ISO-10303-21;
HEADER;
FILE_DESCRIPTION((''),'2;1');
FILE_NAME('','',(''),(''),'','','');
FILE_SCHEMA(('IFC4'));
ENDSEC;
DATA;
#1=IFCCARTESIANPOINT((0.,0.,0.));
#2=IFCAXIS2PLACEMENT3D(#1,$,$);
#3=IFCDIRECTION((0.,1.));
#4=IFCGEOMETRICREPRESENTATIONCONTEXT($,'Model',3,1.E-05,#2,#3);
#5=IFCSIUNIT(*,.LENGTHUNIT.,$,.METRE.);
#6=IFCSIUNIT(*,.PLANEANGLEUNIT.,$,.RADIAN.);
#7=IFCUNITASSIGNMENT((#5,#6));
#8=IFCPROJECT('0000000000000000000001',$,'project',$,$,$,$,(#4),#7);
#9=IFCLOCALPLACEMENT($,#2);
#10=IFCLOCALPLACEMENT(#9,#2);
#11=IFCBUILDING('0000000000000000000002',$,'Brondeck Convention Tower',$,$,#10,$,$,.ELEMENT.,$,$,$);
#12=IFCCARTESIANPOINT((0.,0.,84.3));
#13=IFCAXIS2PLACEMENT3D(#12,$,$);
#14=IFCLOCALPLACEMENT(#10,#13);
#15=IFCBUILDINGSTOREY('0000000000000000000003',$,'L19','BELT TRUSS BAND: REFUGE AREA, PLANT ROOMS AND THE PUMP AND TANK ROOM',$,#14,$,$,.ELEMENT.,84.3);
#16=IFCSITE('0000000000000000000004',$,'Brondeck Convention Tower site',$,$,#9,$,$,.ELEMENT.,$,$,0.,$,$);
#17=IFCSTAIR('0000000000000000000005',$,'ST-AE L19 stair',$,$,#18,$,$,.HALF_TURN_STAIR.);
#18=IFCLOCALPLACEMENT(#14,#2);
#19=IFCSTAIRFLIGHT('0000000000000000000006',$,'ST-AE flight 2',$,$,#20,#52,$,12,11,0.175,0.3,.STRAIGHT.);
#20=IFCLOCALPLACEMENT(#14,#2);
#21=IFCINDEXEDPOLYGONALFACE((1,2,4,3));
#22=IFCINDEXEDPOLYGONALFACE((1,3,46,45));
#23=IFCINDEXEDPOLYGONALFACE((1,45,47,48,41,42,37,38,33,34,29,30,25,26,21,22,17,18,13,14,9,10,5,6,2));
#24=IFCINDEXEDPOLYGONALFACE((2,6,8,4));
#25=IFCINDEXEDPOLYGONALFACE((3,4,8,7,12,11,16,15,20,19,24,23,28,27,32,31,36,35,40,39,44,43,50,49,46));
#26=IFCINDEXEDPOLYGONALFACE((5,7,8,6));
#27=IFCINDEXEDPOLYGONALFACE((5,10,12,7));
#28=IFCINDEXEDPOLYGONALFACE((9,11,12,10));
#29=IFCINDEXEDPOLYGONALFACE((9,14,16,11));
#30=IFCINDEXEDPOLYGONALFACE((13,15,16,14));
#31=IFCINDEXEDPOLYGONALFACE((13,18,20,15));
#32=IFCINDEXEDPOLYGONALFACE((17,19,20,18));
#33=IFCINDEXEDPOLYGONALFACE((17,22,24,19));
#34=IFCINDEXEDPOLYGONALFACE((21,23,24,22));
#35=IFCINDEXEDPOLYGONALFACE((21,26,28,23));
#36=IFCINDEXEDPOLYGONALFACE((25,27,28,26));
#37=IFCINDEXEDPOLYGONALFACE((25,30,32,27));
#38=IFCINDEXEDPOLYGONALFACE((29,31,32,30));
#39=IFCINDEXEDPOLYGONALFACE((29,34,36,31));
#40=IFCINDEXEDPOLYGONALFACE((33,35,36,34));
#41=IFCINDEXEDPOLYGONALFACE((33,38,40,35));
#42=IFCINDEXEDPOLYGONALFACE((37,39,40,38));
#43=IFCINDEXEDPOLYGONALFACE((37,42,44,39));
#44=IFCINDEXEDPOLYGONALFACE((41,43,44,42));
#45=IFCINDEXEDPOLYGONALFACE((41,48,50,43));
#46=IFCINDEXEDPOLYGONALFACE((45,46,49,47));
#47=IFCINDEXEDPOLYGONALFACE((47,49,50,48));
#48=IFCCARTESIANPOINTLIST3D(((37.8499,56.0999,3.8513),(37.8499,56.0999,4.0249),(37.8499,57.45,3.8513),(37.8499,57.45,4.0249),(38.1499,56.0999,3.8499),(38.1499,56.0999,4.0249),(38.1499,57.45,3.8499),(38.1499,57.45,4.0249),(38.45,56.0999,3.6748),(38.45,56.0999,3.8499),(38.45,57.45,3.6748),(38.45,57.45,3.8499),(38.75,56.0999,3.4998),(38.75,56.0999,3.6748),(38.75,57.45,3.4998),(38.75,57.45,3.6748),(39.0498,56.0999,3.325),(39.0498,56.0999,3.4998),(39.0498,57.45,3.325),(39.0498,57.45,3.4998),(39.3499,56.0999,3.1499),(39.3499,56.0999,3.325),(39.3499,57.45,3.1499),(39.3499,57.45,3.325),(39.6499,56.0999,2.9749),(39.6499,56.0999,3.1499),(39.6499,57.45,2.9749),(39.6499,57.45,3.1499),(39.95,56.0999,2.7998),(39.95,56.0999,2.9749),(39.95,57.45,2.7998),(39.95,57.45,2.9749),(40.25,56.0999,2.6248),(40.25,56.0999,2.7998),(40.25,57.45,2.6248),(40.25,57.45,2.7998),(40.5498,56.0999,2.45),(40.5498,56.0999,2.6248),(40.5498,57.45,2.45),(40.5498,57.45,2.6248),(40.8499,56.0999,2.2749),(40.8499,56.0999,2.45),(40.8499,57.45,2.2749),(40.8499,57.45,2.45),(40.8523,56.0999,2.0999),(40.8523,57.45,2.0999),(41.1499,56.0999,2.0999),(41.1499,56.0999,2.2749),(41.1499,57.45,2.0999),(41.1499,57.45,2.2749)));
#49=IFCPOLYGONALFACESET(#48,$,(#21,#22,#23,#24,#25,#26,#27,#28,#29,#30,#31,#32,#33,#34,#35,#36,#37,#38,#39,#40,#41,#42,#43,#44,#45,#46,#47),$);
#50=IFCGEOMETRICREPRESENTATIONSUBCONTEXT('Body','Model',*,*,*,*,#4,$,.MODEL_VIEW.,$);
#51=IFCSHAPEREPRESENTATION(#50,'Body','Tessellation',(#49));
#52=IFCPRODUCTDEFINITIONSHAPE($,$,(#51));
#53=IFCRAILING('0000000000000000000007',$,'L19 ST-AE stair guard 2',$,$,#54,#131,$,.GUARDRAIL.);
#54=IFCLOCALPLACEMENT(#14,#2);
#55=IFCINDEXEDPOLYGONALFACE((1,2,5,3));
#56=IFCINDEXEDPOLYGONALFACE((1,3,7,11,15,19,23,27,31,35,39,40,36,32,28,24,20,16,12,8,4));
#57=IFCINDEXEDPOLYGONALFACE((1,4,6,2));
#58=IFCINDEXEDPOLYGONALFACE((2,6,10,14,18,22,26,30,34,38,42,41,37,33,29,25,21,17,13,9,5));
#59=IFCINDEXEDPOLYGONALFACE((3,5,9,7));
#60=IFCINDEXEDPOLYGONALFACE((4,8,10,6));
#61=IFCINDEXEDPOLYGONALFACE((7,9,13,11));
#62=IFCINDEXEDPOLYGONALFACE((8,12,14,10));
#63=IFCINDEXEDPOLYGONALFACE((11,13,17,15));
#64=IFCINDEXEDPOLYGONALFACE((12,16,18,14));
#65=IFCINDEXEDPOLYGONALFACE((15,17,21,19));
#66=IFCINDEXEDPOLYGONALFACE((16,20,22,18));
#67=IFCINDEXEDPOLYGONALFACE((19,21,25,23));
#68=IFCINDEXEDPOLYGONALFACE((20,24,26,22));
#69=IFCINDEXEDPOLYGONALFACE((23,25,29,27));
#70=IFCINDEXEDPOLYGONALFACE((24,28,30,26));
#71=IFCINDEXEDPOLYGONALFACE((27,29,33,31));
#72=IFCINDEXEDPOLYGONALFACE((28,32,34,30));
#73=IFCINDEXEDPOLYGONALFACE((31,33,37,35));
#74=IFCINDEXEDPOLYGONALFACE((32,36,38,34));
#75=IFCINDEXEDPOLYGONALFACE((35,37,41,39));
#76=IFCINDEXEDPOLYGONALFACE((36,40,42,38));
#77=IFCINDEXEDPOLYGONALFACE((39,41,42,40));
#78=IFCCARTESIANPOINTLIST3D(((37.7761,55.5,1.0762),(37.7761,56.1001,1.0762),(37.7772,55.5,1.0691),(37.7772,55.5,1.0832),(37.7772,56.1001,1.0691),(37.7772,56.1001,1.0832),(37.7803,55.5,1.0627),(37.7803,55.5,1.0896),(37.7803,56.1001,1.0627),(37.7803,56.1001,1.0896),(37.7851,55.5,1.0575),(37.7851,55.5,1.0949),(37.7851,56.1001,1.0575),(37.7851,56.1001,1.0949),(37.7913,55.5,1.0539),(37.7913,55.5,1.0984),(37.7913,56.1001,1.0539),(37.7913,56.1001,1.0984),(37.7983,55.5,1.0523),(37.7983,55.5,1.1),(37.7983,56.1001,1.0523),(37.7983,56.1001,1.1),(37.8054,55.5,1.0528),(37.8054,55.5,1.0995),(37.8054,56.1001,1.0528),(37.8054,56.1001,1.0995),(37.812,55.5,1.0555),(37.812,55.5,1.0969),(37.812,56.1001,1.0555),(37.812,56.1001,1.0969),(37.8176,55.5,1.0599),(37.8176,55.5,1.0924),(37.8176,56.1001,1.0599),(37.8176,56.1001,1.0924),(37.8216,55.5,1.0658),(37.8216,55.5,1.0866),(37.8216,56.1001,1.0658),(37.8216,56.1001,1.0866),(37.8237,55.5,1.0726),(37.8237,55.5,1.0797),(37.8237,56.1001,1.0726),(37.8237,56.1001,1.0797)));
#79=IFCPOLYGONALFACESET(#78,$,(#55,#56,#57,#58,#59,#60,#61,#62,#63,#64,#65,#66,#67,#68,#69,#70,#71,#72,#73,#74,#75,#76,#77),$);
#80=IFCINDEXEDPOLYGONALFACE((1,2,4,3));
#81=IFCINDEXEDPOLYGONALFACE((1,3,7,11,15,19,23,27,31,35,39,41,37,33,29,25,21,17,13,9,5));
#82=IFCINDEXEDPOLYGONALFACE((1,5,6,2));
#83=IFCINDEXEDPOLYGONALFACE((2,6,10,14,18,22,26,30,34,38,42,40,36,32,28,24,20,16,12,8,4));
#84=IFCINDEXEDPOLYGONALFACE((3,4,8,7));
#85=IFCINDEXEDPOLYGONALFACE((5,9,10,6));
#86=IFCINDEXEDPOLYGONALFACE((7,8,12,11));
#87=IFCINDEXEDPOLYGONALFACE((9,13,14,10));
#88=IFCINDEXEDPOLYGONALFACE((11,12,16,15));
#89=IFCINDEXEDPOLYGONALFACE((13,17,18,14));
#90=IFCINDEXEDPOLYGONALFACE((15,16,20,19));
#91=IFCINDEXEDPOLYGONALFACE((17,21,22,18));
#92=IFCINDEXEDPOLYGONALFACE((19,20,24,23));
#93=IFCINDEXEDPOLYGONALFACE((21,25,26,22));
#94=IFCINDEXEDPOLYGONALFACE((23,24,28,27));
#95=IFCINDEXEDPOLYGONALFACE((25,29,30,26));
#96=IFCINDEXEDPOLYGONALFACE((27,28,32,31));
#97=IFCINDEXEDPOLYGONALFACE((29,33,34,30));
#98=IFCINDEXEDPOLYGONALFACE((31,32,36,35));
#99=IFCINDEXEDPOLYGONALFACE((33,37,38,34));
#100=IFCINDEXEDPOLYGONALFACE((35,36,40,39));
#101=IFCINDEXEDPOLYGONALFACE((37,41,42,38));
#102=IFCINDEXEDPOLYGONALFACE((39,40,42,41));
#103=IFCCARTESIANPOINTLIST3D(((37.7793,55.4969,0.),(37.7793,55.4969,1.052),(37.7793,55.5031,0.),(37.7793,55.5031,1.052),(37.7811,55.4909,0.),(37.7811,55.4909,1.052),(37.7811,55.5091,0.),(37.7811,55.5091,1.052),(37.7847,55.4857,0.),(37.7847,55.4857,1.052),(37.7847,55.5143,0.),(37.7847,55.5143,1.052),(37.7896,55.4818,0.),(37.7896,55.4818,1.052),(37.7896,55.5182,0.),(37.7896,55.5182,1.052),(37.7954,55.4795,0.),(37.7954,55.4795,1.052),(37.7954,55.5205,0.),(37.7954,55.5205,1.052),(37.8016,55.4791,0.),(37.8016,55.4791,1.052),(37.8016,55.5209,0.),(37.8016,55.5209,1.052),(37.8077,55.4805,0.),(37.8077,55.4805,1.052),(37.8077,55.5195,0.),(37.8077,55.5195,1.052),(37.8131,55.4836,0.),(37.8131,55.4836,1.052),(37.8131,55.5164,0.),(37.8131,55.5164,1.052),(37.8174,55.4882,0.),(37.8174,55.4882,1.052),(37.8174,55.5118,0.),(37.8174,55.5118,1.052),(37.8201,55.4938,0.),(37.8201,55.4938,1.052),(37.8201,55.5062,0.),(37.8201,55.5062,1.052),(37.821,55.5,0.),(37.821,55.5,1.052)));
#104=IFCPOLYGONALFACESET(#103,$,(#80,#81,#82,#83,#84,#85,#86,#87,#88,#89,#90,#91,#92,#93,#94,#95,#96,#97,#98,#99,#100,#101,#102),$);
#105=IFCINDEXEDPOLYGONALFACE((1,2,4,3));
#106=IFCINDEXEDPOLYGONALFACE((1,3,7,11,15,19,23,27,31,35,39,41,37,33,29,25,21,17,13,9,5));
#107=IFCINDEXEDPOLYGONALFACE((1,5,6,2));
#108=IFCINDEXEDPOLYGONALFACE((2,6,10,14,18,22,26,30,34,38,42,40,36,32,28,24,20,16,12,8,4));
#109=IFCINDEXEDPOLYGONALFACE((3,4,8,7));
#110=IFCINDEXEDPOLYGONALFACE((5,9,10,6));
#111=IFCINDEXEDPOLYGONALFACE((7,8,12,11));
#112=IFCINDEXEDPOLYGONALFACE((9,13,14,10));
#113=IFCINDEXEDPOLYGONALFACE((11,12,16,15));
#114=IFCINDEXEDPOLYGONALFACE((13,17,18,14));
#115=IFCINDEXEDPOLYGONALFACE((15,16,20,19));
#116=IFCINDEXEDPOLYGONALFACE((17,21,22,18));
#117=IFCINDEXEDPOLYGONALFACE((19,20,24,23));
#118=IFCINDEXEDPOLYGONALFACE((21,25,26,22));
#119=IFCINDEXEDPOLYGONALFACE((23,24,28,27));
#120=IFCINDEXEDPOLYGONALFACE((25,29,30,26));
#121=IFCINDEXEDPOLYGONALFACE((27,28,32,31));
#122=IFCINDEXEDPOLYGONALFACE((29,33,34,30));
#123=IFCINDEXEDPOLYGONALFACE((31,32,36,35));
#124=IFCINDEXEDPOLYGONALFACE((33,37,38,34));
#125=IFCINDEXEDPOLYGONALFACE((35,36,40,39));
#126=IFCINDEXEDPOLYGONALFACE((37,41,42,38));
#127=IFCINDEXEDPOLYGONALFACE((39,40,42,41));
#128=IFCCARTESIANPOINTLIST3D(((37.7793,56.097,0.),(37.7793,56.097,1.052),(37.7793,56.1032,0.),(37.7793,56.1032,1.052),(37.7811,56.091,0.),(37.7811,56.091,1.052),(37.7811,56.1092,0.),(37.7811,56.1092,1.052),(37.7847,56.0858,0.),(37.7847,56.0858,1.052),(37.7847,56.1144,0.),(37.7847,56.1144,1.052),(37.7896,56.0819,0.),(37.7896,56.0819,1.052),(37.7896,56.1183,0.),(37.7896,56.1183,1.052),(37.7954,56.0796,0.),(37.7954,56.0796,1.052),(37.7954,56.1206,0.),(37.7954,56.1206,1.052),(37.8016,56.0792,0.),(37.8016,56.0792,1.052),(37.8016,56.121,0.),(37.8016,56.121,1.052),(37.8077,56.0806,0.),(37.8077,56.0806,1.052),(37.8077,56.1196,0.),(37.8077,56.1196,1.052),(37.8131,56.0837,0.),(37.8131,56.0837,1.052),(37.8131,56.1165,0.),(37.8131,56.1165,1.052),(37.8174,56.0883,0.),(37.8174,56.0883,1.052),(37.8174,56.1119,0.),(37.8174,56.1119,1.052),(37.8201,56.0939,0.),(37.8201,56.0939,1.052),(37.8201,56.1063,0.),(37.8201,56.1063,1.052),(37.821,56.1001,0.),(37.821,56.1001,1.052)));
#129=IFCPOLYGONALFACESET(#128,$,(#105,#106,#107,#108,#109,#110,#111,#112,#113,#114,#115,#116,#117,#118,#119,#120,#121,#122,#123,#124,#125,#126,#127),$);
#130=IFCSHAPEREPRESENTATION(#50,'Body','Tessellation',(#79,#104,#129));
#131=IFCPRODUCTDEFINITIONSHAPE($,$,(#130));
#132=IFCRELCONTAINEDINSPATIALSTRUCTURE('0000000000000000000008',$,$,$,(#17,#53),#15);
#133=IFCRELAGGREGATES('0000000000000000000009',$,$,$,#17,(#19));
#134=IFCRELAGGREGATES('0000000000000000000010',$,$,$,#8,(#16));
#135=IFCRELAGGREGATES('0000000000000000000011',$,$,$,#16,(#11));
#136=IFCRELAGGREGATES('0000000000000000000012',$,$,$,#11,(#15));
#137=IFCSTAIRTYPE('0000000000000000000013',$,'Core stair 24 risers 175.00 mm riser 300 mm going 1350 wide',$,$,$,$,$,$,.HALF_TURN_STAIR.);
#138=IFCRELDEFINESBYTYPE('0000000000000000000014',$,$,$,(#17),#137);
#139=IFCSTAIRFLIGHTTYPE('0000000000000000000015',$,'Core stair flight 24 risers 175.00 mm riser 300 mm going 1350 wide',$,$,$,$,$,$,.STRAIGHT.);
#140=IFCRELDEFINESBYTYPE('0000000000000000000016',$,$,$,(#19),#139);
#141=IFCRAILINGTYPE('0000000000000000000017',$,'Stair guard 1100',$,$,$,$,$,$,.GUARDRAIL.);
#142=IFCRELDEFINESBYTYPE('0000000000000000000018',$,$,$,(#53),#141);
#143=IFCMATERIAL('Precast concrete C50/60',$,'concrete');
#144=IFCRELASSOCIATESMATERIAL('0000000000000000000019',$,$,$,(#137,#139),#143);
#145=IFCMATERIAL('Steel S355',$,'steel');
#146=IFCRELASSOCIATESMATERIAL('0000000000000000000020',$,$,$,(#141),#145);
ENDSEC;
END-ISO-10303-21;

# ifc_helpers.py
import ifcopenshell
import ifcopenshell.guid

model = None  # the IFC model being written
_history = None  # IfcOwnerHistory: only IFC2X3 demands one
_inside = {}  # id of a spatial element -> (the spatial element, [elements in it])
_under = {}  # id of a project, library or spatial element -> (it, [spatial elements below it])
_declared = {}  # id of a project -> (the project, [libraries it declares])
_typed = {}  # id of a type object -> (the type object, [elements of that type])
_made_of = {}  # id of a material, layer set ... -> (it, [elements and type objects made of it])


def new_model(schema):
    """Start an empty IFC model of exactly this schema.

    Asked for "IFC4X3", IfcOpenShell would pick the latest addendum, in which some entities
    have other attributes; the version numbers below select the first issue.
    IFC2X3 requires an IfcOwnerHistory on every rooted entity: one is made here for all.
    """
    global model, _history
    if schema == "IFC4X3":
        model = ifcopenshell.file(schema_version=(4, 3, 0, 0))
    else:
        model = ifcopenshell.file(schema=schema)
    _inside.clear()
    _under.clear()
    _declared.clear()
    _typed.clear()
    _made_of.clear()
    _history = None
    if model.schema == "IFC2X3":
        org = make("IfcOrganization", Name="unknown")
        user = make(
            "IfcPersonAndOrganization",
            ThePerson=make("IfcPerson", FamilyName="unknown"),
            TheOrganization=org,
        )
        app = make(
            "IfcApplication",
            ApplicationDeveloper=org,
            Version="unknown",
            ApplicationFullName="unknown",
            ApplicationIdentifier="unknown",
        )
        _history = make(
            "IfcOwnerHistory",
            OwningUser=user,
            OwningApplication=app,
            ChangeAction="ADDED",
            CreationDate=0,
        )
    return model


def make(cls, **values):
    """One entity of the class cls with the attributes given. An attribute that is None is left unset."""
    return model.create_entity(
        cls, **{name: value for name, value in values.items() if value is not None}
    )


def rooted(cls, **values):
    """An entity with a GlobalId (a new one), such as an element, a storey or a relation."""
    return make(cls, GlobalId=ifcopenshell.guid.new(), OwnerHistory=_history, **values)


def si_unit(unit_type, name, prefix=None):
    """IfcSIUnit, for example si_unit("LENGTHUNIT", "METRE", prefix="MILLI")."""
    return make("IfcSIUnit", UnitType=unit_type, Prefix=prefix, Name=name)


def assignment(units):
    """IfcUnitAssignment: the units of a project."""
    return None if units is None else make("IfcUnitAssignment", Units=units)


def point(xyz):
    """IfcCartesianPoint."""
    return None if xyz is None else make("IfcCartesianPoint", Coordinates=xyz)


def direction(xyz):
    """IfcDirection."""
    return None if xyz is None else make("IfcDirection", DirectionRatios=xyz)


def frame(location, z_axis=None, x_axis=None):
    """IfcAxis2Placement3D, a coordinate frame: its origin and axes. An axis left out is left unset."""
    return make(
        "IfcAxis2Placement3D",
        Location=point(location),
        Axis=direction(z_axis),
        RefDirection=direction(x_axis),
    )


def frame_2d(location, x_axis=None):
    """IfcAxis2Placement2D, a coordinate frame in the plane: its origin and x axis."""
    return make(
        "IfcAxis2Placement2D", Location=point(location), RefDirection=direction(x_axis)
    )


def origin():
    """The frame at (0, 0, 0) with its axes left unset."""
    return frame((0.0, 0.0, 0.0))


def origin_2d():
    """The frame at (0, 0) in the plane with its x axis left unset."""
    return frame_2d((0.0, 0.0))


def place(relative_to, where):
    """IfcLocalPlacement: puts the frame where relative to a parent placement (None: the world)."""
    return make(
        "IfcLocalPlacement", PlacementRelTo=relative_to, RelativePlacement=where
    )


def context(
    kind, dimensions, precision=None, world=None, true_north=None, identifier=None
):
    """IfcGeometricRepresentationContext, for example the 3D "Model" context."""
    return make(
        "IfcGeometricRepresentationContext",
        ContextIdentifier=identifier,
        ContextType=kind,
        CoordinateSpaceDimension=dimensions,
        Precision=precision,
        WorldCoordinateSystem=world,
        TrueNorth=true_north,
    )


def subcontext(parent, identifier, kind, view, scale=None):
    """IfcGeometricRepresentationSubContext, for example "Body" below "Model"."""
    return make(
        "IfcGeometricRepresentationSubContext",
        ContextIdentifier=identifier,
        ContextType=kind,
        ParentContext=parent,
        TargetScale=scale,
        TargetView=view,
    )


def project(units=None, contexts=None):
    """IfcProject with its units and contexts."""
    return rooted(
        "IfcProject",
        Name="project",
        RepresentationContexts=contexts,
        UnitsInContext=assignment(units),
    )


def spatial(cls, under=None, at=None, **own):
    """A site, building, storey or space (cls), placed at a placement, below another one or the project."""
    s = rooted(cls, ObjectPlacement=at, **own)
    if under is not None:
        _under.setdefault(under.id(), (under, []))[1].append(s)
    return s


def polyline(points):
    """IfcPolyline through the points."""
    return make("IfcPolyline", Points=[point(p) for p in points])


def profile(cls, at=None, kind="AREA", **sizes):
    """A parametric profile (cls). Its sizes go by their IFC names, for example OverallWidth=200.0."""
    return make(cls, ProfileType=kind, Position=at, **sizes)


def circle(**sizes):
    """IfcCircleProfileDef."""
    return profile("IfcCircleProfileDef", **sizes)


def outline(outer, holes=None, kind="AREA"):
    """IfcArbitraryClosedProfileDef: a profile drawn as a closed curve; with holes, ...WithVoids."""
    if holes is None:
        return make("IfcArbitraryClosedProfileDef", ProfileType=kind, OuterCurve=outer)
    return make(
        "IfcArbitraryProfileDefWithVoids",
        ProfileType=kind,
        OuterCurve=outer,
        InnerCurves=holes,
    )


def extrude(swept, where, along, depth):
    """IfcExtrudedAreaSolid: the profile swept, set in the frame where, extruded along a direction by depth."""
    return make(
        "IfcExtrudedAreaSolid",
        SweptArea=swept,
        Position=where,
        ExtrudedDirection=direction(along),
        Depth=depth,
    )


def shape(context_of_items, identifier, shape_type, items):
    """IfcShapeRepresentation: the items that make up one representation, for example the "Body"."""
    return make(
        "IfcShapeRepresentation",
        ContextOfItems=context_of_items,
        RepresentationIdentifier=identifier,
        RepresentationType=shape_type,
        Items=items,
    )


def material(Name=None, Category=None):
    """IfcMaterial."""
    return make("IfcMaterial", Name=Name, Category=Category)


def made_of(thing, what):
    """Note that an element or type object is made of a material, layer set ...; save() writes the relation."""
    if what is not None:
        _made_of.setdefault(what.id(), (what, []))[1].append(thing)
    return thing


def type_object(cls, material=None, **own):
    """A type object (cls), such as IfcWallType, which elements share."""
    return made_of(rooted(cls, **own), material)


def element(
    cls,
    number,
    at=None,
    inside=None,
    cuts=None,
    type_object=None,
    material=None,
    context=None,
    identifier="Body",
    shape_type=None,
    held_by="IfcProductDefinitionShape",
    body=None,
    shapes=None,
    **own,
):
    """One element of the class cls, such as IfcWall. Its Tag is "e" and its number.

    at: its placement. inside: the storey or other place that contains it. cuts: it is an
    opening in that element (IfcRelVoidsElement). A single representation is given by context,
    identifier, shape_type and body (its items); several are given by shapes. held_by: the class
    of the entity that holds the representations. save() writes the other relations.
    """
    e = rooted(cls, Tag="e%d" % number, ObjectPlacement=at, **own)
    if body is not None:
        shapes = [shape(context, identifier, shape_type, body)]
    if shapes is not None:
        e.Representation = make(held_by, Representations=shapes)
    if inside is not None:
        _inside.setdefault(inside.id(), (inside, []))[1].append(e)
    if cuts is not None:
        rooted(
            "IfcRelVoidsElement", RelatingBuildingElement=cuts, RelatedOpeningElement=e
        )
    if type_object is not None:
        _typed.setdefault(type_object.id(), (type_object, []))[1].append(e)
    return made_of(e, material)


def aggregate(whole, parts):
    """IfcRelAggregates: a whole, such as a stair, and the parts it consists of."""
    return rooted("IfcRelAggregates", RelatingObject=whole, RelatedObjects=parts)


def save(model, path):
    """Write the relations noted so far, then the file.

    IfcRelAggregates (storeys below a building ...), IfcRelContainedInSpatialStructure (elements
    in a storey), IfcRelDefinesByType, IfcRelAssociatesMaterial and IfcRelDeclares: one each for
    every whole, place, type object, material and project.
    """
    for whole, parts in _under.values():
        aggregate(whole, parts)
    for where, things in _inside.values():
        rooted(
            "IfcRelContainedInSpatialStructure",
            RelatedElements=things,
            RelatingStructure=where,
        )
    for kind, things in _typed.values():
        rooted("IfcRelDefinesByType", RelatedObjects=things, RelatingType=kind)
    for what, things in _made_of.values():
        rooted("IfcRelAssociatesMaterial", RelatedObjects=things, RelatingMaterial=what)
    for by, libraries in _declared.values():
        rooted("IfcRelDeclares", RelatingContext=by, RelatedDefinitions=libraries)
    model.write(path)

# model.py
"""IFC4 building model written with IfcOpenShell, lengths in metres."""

from ifc_helpers import new_model, si_unit, direction, frame, origin, origin_2d, place, context, subcontext, project, spatial, polyline, circle, outline, extrude, material, type_object, element, aggregate, save


model = new_model("IFC4")

# Units and contexts
model_context = context("Model", 3, precision=1e-05, world=origin(), true_north=direction((0.0, 1.0)))
body_context = subcontext(model_context, "Body", "Model", "MODEL_VIEW")
ifc_project = project(units=[si_unit("LENGTHUNIT", "METRE"), si_unit("PLANEANGLEUNIT", "RADIAN")], contexts=[model_context])

# Site, building, storey
site_placement = place(None, origin())
site = spatial("IfcSite", under=ifc_project, at=site_placement, Name="Brondeck Convention Tower site", CompositionType="ELEMENT", RefElevation=0.0)
building_placement = place(site_placement, origin())
building = spatial("IfcBuilding", under=site, at=building_placement, Name="Brondeck Convention Tower", CompositionType="ELEMENT")
storey_placement = place(building_placement, frame((0.0, 0.0, 84.3)))
storey = spatial("IfcBuildingStorey", under=building, at=storey_placement, Name="L19", Description="BELT TRUSS BAND: REFUGE AREA, PLANT ROOMS AND THE PUMP AND TANK ROOM", CompositionType="ELEMENT", Elevation=84.3)

# Stair, stair flight
ifc_material_1 = material(Name="Precast concrete C50/60", Category="concrete")
stair_type = type_object("IfcStairType", Name="Core stair 24 risers 175.00 mm riser 300 mm going 1350 wide", PredefinedType="HALF_TURN_STAIR", material=ifc_material_1)
stair_placement = place(storey_placement, origin())
stair = element("IfcStair", 1, at=stair_placement, inside=storey, type_object=stair_type, Name="ST-AE L19 stair", PredefinedType="HALF_TURN_STAIR")
stair_flight_type = type_object("IfcStairFlightType", Name="Core stair flight 24 risers 175.00 mm riser 300 mm going 1350 wide", PredefinedType="STRAIGHT", material=ifc_material_1)
stair_flight_placement = place(storey_placement, frame((41.1499, 56.7749, 2.0999), z_axis=(0.0, 0.0, 1.0), x_axis=(-1.0, 0.0, 0.0)))
stair_flight = element("IfcStairFlight", 2, at=stair_flight_placement, type_object=stair_flight_type, Name="ST-AE flight 2", NumberOfRisers=12, NumberOfTreads=11, PredefinedType="STRAIGHT", RiserHeight=0.175, TreadLength=0.3, context=body_context, shape_type="SweptSolid", body=[
    extrude(outline(polyline([(0.0, 0.0), (0.0, 0.175), (0.3, 0.175), (0.3, 0.3501), (0.6001, 0.3501), (0.6001, 0.5249), (0.8999, 0.5249), (0.8999, 0.7), (1.2, 0.7), (1.2, 0.875), (1.5, 0.875), (1.5, 1.05), (1.8, 1.05), (1.8, 1.2251), (2.1001, 1.2251), (2.1001, 1.3999), (2.3999, 1.3999), (2.3999, 1.575), (2.7, 1.575), (2.7, 1.75), (3.0, 1.75), (3.0, 1.925), (3.3, 1.925), (3.3, 2.1001), (3.3, 1.7515), (0.2976, 0.0), (0.0, 0.0)])), frame((0.0, 0.675, 0.0), z_axis=(0.0, -1.0, 0.0), x_axis=(1.0, 0.0, 0.0)), (0.0, 0.0, 1.0), 1.3501),
])
aggregate(stair, [stair_flight])

# Railing
ifc_material_2 = material(Name="Steel S355", Category="steel")
railing_type_1 = type_object("IfcRailingType", Name="Stair guard 1100", PredefinedType="GUARDRAIL", material=ifc_material_2)
railing_1_placement = place(storey_placement, frame((37.8, 55.5, 0.0)))
element("IfcRailing", 3, at=railing_1_placement, inside=storey, type_object=railing_type_1, Name="L19 ST-AE stair guard 2", PredefinedType="GUARDRAIL", context=body_context, shape_type="SweptSolid", body=[
    extrude(circle(Radius=0.0239, at=origin_2d()), frame((0.0, 0.0, 1.0762), z_axis=(0.0, 1.0, 0.0), x_axis=(-1.0, 0.0, 0.0)), (0.0, 0.0, 1.0), 0.6001),
    extrude(circle(Radius=0.021, at=origin_2d()), origin(), (0.0, 0.0, 1.0), 1.052),
    extrude(circle(Radius=0.021, at=origin_2d()), frame((0.0, 0.6001, 0.0)), (0.0, 0.0, 1.0), 1.052),
])

save(model, "model.ifc")
